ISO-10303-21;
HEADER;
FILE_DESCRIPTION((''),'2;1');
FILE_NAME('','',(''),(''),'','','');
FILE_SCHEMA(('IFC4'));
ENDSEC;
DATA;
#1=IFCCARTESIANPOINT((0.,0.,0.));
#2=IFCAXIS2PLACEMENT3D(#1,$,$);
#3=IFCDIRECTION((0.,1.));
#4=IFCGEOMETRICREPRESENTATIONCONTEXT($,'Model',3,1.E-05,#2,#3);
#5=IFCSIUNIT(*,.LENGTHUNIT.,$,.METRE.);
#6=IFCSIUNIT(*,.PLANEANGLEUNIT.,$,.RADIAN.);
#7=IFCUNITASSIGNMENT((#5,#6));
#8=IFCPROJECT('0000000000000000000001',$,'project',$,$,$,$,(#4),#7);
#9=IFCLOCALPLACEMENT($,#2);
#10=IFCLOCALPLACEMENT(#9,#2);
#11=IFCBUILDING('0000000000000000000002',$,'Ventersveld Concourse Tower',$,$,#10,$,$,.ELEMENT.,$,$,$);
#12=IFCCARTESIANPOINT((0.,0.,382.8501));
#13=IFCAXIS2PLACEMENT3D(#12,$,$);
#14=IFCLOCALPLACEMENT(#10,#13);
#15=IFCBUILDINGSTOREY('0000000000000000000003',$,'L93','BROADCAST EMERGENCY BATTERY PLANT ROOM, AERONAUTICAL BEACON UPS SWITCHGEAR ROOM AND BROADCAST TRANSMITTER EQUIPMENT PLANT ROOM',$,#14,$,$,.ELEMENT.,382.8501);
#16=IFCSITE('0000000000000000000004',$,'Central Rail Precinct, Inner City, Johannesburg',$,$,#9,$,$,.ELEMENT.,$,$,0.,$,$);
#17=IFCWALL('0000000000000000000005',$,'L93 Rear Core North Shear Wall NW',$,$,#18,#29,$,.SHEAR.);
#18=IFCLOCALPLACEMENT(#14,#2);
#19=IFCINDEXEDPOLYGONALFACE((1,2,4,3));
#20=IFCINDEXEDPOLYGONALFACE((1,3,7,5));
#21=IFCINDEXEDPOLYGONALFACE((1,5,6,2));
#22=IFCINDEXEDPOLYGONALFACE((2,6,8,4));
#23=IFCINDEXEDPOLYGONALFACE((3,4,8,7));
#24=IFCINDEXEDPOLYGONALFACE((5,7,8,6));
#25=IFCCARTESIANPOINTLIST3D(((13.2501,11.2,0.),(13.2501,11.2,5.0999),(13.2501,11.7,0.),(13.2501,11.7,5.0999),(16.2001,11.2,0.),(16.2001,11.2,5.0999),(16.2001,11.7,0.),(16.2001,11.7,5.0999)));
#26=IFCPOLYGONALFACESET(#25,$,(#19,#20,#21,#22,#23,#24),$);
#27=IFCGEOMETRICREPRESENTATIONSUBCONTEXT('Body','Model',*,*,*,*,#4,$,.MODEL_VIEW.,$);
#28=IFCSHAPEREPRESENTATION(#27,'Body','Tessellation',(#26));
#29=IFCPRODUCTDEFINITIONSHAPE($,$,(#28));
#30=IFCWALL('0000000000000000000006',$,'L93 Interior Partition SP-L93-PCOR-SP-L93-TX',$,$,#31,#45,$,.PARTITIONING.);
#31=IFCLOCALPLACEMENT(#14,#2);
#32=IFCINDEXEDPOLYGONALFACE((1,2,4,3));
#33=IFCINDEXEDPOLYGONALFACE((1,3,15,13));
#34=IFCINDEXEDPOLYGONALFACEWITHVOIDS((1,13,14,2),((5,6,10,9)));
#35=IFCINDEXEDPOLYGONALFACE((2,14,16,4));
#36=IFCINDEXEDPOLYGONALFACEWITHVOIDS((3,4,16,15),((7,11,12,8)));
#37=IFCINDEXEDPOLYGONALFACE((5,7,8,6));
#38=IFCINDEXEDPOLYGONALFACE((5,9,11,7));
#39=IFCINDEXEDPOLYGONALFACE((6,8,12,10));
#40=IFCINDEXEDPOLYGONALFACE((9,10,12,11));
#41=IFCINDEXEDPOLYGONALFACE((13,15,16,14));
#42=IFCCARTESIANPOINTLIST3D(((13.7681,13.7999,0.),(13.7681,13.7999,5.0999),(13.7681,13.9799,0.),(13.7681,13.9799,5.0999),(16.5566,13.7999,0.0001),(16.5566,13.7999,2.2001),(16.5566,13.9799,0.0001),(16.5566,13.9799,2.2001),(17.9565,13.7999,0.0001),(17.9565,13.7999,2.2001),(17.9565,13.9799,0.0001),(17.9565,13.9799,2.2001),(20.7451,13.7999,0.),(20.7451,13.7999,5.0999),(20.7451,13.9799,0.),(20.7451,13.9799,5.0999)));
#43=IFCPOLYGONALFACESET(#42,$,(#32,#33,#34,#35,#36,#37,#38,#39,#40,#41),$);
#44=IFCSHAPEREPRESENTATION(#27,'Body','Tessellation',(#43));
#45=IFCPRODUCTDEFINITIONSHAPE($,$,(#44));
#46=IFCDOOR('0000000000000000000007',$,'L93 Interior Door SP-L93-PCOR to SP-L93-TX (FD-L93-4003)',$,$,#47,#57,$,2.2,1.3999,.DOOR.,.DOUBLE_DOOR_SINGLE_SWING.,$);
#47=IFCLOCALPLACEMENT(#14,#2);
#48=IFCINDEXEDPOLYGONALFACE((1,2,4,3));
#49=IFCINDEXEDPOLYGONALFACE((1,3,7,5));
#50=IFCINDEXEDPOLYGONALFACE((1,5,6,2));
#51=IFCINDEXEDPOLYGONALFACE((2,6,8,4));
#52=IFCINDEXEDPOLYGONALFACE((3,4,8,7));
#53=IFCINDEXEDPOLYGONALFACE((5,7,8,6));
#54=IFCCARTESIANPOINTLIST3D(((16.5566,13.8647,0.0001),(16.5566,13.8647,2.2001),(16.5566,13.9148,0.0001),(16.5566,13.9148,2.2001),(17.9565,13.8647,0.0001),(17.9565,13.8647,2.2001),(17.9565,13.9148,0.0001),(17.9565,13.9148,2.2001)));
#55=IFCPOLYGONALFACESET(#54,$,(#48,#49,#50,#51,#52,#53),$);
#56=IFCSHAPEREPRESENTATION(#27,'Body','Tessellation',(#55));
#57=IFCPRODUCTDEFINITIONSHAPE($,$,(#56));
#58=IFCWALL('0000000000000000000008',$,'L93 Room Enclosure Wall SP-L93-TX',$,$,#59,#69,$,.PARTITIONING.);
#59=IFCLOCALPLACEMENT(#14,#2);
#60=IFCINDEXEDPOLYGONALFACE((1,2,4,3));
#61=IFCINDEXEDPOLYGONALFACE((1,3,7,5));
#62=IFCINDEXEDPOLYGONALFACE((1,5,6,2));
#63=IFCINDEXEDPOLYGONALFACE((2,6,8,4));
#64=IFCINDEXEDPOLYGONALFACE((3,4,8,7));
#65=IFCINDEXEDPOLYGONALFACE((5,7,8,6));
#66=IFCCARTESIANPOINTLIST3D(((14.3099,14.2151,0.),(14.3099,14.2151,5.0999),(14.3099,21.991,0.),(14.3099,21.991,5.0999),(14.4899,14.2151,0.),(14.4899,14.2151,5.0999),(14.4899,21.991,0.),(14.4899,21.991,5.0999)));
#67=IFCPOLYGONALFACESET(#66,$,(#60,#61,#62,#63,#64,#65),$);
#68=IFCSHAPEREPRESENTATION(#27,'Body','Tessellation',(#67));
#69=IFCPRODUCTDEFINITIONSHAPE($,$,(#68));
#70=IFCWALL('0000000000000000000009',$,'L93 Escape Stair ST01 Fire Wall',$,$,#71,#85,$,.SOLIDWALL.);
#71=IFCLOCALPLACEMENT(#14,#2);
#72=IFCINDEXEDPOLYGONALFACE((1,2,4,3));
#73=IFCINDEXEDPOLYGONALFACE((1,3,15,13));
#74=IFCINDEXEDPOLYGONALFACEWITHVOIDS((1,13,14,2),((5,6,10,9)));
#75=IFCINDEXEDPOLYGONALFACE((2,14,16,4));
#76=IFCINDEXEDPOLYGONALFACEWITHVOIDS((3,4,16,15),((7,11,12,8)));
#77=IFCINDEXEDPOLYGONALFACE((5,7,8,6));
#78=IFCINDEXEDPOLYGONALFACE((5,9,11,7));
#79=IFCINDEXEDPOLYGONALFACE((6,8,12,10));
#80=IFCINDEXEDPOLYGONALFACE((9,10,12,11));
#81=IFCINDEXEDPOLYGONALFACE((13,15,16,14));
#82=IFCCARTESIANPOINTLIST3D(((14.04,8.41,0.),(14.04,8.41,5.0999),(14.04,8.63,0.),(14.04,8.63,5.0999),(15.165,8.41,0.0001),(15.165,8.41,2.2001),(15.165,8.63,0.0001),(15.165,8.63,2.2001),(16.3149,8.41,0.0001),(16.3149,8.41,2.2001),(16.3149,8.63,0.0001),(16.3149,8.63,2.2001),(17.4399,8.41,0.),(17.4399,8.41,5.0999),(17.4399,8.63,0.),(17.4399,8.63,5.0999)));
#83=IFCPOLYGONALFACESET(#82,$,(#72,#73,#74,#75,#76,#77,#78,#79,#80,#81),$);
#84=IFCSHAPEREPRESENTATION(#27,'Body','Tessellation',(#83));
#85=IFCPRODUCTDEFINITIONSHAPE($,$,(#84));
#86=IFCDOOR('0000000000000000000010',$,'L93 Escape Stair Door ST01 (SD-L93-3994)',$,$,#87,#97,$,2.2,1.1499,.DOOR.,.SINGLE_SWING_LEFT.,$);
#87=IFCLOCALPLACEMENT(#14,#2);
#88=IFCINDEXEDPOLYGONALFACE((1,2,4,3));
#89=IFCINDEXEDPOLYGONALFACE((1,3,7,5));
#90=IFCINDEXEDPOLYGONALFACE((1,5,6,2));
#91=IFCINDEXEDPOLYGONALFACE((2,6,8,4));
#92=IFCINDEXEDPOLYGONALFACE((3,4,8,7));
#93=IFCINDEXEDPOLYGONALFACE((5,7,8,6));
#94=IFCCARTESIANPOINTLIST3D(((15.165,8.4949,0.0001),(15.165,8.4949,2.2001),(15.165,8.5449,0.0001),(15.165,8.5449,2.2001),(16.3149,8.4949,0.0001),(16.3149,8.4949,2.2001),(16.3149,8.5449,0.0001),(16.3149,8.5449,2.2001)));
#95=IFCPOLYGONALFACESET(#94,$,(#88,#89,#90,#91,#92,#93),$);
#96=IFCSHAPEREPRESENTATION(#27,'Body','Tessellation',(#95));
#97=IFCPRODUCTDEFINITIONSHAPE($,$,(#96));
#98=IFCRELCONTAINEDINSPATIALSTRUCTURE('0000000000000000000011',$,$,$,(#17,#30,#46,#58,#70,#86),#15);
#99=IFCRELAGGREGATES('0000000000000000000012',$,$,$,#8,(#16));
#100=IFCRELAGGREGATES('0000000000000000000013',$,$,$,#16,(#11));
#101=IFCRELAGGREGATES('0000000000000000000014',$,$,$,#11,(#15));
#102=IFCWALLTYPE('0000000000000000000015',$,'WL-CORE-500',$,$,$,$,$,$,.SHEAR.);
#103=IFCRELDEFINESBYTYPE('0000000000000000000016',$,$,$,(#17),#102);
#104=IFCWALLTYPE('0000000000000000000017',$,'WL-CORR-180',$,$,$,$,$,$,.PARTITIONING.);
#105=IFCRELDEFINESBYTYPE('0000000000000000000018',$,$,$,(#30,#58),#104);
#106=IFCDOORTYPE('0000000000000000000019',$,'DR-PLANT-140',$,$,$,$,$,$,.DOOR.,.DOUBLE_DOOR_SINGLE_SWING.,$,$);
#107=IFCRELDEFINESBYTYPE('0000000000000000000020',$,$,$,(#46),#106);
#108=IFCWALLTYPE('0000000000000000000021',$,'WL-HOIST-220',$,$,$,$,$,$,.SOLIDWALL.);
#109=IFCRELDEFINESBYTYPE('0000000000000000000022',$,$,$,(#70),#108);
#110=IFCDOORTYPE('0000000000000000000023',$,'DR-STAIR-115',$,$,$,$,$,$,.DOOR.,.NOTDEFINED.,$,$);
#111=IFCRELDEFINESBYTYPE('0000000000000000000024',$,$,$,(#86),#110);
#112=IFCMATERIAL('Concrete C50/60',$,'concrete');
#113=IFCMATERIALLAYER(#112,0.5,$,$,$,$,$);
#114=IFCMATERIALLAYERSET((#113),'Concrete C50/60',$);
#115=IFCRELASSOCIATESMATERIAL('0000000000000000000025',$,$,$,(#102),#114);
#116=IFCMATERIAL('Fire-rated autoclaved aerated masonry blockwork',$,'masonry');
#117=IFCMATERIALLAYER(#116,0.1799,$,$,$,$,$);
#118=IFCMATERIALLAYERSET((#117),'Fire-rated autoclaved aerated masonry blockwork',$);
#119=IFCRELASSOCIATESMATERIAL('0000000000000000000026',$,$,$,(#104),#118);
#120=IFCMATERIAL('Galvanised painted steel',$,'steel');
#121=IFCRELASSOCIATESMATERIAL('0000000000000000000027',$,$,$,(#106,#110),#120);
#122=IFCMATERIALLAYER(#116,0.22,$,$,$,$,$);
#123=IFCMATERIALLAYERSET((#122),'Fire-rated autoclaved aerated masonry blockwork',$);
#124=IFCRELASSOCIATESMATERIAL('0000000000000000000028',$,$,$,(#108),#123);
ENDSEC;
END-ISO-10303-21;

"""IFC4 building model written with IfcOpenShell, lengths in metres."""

from ifc_helpers import new_model, si_unit, direction, frame, frame_2d, origin, place, context, subcontext, project, spatial, rectangle, extrude, material, layer, layer_set, type_object, element, fill, save


model = new_model("IFC4")

# Units and contexts
model_context = context("Model", 3, precision=1e-05, world=origin(), true_north=direction((0.0, 1.0)))
body_context = subcontext(model_context, "Body", "Model", "MODEL_VIEW")
ifc_project = project(units=[si_unit("LENGTHUNIT", "METRE"), si_unit("PLANEANGLEUNIT", "RADIAN")], contexts=[model_context])

# Site, building, storey
site_placement = place(None, origin())
site = spatial("IfcSite", under=ifc_project, at=site_placement, Name="Central Rail Precinct, Inner City, Johannesburg", CompositionType="ELEMENT", RefElevation=0.0)
building_placement = place(site_placement, origin())
building = spatial("IfcBuilding", under=site, at=building_placement, Name="Ventersveld Concourse Tower", CompositionType="ELEMENT")
storey_placement = place(building_placement, frame((0.0, 0.0, 382.8501)))
storey = spatial("IfcBuildingStorey", under=building, at=storey_placement, Name="L93", Description="BROADCAST EMERGENCY BATTERY PLANT ROOM, AERONAUTICAL BEACON UPS SWITCHGEAR ROOM AND BROADCAST TRANSMITTER EQUIPMENT PLANT ROOM", CompositionType="ELEMENT", Elevation=382.8501)

# Wall
ifc_material_1 = material(Name="Concrete C50/60", Category="concrete")
ifc_layer_1 = layer(ifc_material_1, 0.5)
ifc_layer_set_1 = layer_set([ifc_layer_1], Name="Concrete C50/60")
wall_type_1 = type_object("IfcWallType", Name="WL-CORE-500", PredefinedType="SHEAR", material=ifc_layer_set_1)
wall_1_placement = place(storey_placement, frame((13.25, 11.45, 0.0), z_axis=(0.0, 0.0, 1.0), x_axis=(1.0, 0.0, 0.0)))
element("IfcWall", 1, at=wall_1_placement, inside=storey, type_object=wall_type_1, Name="L93 Rear Core North Shear Wall NW", PredefinedType="SHEAR", context=body_context, shape_type="SweptSolid", body=[
    extrude(rectangle(XDim=2.95, YDim=0.5, at=frame_2d((1.4751, 0.0))), origin(), (0.0, 0.0, 1.0), 5.0999),
])

# Wall, opening, door
ifc_material_2 = material(Name="Fire-rated autoclaved aerated masonry blockwork", Category="masonry")
ifc_layer_2 = layer(ifc_material_2, 0.1799)
ifc_layer_set_2 = layer_set([ifc_layer_2], Name="Fire-rated autoclaved aerated masonry blockwork")
wall_type_2 = type_object("IfcWallType", Name="WL-CORR-180", PredefinedType="PARTITIONING", material=ifc_layer_set_2)
wall_2_placement = place(storey_placement, frame((13.7681, 13.8899, 0.0), z_axis=(0.0, 0.0, 1.0), x_axis=(1.0, 0.0, 0.0)))
wall_2 = element("IfcWall", 2, at=wall_2_placement, inside=storey, type_object=wall_type_2, Name="L93 Interior Partition SP-L93-PCOR-SP-L93-TX", PredefinedType="PARTITIONING", context=body_context, shape_type="SweptSolid", body=[
    extrude(rectangle(XDim=6.9771, YDim=0.1799, at=frame_2d((3.4885, 0.0))), origin(), (0.0, 0.0, 1.0), 5.0999),
])
opening_1_placement = place(wall_2_placement, frame((2.7886, 0.0, 0.0)))
opening_1 = element("IfcOpeningElement", 3, at=opening_1_placement, cuts=wall_2, PredefinedType="OPENING", context=body_context, shape_type="SweptSolid", body=[
    extrude(rectangle(XDim=1.3999, YDim=2.2, at=frame_2d((0.7, 1.1001))), frame((0.0, 0.1001, 0.0), z_axis=(0.0, -1.0, 0.0), x_axis=(1.0, 0.0, 0.0)), (0.0, 0.0, 1.0), 0.2),
])
ifc_material_3 = material(Name="Galvanised painted steel", Category="steel")
door_type_1 = type_object("IfcDoorType", Name="DR-PLANT-140", OperationType="DOUBLE_DOOR_SINGLE_SWING", PredefinedType="DOOR", material=ifc_material_3)
door_1_placement = place(opening_1_placement, origin())
door_1 = element("IfcDoor", 4, at=door_1_placement, inside=storey, type_object=door_type_1, Name="L93 Interior Door SP-L93-PCOR to SP-L93-TX (FD-L93-4003)", OperationType="DOUBLE_DOOR_SINGLE_SWING", OverallHeight=2.2, OverallWidth=1.3999, PredefinedType="DOOR", context=body_context, shape_type="SweptSolid", body=[
    extrude(rectangle(XDim=1.3999, YDim=2.2, at=frame_2d((0.7, 1.1001))), frame((0.0, 0.0249, 0.0), z_axis=(0.0, -1.0, 0.0), x_axis=(1.0, 0.0, 0.0)), (0.0, 0.0, 1.0), 0.05),
])
fill(opening_1, door_1)

# Wall
wall_3_placement = place(storey_placement, frame((14.3999, 21.991, 0.0), z_axis=(0.0, 0.0, 1.0), x_axis=(0.0, -1.0, 0.0)))
element("IfcWall", 5, at=wall_3_placement, inside=storey, type_object=wall_type_2, Name="L93 Room Enclosure Wall SP-L93-TX", PredefinedType="PARTITIONING", context=body_context, shape_type="SweptSolid", body=[
    extrude(rectangle(XDim=7.7759, YDim=0.1799, at=frame_2d((3.8879, 0.0))), origin(), (0.0, 0.0, 1.0), 5.0999),
])

# Wall, opening, door
ifc_layer_3 = layer(ifc_material_2, 0.22)
ifc_layer_set_3 = layer_set([ifc_layer_3], Name="Fire-rated autoclaved aerated masonry blockwork")
wall_type_3 = type_object("IfcWallType", Name="WL-HOIST-220", PredefinedType="SOLIDWALL", material=ifc_layer_set_3)
wall_4_placement = place(storey_placement, frame((14.04, 8.52, 0.0), z_axis=(0.0, 0.0, 1.0), x_axis=(1.0, 0.0, 0.0)))
wall_4 = element("IfcWall", 6, at=wall_4_placement, inside=storey, type_object=wall_type_3, Name="L93 Escape Stair ST01 Fire Wall", PredefinedType="SOLIDWALL", context=body_context, shape_type="SweptSolid", body=[
    extrude(rectangle(XDim=3.3999, YDim=0.22, at=frame_2d((1.7, 0.0))), origin(), (0.0, 0.0, 1.0), 5.0999),
])
opening_2_placement = place(wall_4_placement, frame((1.125, 0.0, 0.0)))
opening_2 = element("IfcOpeningElement", 7, at=opening_2_placement, cuts=wall_4, PredefinedType="OPENING", context=body_context, shape_type="SweptSolid", body=[
    extrude(rectangle(XDim=1.1499, YDim=2.2, at=frame_2d((0.575, 1.1001))), frame((0.0, 0.1201, 0.0), z_axis=(0.0, -1.0, 0.0), x_axis=(1.0, 0.0, 0.0)), (0.0, 0.0, 1.0), 0.24),
])
door_type_2 = type_object("IfcDoorType", Name="DR-STAIR-115", OperationType="NOTDEFINED", PredefinedType="DOOR", material=ifc_material_3)
door_2_placement = place(opening_2_placement, origin())
door_2 = element("IfcDoor", 8, at=door_2_placement, inside=storey, type_object=door_type_2, Name="L93 Escape Stair Door ST01 (SD-L93-3994)", OperationType="SINGLE_SWING_LEFT", OverallHeight=2.2, OverallWidth=1.1499, PredefinedType="DOOR", context=body_context, shape_type="SweptSolid", body=[
    extrude(rectangle(XDim=1.1499, YDim=2.2, at=frame_2d((0.575, 1.1001))), frame((0.0, 0.0249, 0.0), z_axis=(0.0, -1.0, 0.0), x_axis=(1.0, 0.0, 0.0)), (0.0, 0.0, 1.0), 0.05),
])
fill(opening_2, door_2)

save(model, "model.ifc")
